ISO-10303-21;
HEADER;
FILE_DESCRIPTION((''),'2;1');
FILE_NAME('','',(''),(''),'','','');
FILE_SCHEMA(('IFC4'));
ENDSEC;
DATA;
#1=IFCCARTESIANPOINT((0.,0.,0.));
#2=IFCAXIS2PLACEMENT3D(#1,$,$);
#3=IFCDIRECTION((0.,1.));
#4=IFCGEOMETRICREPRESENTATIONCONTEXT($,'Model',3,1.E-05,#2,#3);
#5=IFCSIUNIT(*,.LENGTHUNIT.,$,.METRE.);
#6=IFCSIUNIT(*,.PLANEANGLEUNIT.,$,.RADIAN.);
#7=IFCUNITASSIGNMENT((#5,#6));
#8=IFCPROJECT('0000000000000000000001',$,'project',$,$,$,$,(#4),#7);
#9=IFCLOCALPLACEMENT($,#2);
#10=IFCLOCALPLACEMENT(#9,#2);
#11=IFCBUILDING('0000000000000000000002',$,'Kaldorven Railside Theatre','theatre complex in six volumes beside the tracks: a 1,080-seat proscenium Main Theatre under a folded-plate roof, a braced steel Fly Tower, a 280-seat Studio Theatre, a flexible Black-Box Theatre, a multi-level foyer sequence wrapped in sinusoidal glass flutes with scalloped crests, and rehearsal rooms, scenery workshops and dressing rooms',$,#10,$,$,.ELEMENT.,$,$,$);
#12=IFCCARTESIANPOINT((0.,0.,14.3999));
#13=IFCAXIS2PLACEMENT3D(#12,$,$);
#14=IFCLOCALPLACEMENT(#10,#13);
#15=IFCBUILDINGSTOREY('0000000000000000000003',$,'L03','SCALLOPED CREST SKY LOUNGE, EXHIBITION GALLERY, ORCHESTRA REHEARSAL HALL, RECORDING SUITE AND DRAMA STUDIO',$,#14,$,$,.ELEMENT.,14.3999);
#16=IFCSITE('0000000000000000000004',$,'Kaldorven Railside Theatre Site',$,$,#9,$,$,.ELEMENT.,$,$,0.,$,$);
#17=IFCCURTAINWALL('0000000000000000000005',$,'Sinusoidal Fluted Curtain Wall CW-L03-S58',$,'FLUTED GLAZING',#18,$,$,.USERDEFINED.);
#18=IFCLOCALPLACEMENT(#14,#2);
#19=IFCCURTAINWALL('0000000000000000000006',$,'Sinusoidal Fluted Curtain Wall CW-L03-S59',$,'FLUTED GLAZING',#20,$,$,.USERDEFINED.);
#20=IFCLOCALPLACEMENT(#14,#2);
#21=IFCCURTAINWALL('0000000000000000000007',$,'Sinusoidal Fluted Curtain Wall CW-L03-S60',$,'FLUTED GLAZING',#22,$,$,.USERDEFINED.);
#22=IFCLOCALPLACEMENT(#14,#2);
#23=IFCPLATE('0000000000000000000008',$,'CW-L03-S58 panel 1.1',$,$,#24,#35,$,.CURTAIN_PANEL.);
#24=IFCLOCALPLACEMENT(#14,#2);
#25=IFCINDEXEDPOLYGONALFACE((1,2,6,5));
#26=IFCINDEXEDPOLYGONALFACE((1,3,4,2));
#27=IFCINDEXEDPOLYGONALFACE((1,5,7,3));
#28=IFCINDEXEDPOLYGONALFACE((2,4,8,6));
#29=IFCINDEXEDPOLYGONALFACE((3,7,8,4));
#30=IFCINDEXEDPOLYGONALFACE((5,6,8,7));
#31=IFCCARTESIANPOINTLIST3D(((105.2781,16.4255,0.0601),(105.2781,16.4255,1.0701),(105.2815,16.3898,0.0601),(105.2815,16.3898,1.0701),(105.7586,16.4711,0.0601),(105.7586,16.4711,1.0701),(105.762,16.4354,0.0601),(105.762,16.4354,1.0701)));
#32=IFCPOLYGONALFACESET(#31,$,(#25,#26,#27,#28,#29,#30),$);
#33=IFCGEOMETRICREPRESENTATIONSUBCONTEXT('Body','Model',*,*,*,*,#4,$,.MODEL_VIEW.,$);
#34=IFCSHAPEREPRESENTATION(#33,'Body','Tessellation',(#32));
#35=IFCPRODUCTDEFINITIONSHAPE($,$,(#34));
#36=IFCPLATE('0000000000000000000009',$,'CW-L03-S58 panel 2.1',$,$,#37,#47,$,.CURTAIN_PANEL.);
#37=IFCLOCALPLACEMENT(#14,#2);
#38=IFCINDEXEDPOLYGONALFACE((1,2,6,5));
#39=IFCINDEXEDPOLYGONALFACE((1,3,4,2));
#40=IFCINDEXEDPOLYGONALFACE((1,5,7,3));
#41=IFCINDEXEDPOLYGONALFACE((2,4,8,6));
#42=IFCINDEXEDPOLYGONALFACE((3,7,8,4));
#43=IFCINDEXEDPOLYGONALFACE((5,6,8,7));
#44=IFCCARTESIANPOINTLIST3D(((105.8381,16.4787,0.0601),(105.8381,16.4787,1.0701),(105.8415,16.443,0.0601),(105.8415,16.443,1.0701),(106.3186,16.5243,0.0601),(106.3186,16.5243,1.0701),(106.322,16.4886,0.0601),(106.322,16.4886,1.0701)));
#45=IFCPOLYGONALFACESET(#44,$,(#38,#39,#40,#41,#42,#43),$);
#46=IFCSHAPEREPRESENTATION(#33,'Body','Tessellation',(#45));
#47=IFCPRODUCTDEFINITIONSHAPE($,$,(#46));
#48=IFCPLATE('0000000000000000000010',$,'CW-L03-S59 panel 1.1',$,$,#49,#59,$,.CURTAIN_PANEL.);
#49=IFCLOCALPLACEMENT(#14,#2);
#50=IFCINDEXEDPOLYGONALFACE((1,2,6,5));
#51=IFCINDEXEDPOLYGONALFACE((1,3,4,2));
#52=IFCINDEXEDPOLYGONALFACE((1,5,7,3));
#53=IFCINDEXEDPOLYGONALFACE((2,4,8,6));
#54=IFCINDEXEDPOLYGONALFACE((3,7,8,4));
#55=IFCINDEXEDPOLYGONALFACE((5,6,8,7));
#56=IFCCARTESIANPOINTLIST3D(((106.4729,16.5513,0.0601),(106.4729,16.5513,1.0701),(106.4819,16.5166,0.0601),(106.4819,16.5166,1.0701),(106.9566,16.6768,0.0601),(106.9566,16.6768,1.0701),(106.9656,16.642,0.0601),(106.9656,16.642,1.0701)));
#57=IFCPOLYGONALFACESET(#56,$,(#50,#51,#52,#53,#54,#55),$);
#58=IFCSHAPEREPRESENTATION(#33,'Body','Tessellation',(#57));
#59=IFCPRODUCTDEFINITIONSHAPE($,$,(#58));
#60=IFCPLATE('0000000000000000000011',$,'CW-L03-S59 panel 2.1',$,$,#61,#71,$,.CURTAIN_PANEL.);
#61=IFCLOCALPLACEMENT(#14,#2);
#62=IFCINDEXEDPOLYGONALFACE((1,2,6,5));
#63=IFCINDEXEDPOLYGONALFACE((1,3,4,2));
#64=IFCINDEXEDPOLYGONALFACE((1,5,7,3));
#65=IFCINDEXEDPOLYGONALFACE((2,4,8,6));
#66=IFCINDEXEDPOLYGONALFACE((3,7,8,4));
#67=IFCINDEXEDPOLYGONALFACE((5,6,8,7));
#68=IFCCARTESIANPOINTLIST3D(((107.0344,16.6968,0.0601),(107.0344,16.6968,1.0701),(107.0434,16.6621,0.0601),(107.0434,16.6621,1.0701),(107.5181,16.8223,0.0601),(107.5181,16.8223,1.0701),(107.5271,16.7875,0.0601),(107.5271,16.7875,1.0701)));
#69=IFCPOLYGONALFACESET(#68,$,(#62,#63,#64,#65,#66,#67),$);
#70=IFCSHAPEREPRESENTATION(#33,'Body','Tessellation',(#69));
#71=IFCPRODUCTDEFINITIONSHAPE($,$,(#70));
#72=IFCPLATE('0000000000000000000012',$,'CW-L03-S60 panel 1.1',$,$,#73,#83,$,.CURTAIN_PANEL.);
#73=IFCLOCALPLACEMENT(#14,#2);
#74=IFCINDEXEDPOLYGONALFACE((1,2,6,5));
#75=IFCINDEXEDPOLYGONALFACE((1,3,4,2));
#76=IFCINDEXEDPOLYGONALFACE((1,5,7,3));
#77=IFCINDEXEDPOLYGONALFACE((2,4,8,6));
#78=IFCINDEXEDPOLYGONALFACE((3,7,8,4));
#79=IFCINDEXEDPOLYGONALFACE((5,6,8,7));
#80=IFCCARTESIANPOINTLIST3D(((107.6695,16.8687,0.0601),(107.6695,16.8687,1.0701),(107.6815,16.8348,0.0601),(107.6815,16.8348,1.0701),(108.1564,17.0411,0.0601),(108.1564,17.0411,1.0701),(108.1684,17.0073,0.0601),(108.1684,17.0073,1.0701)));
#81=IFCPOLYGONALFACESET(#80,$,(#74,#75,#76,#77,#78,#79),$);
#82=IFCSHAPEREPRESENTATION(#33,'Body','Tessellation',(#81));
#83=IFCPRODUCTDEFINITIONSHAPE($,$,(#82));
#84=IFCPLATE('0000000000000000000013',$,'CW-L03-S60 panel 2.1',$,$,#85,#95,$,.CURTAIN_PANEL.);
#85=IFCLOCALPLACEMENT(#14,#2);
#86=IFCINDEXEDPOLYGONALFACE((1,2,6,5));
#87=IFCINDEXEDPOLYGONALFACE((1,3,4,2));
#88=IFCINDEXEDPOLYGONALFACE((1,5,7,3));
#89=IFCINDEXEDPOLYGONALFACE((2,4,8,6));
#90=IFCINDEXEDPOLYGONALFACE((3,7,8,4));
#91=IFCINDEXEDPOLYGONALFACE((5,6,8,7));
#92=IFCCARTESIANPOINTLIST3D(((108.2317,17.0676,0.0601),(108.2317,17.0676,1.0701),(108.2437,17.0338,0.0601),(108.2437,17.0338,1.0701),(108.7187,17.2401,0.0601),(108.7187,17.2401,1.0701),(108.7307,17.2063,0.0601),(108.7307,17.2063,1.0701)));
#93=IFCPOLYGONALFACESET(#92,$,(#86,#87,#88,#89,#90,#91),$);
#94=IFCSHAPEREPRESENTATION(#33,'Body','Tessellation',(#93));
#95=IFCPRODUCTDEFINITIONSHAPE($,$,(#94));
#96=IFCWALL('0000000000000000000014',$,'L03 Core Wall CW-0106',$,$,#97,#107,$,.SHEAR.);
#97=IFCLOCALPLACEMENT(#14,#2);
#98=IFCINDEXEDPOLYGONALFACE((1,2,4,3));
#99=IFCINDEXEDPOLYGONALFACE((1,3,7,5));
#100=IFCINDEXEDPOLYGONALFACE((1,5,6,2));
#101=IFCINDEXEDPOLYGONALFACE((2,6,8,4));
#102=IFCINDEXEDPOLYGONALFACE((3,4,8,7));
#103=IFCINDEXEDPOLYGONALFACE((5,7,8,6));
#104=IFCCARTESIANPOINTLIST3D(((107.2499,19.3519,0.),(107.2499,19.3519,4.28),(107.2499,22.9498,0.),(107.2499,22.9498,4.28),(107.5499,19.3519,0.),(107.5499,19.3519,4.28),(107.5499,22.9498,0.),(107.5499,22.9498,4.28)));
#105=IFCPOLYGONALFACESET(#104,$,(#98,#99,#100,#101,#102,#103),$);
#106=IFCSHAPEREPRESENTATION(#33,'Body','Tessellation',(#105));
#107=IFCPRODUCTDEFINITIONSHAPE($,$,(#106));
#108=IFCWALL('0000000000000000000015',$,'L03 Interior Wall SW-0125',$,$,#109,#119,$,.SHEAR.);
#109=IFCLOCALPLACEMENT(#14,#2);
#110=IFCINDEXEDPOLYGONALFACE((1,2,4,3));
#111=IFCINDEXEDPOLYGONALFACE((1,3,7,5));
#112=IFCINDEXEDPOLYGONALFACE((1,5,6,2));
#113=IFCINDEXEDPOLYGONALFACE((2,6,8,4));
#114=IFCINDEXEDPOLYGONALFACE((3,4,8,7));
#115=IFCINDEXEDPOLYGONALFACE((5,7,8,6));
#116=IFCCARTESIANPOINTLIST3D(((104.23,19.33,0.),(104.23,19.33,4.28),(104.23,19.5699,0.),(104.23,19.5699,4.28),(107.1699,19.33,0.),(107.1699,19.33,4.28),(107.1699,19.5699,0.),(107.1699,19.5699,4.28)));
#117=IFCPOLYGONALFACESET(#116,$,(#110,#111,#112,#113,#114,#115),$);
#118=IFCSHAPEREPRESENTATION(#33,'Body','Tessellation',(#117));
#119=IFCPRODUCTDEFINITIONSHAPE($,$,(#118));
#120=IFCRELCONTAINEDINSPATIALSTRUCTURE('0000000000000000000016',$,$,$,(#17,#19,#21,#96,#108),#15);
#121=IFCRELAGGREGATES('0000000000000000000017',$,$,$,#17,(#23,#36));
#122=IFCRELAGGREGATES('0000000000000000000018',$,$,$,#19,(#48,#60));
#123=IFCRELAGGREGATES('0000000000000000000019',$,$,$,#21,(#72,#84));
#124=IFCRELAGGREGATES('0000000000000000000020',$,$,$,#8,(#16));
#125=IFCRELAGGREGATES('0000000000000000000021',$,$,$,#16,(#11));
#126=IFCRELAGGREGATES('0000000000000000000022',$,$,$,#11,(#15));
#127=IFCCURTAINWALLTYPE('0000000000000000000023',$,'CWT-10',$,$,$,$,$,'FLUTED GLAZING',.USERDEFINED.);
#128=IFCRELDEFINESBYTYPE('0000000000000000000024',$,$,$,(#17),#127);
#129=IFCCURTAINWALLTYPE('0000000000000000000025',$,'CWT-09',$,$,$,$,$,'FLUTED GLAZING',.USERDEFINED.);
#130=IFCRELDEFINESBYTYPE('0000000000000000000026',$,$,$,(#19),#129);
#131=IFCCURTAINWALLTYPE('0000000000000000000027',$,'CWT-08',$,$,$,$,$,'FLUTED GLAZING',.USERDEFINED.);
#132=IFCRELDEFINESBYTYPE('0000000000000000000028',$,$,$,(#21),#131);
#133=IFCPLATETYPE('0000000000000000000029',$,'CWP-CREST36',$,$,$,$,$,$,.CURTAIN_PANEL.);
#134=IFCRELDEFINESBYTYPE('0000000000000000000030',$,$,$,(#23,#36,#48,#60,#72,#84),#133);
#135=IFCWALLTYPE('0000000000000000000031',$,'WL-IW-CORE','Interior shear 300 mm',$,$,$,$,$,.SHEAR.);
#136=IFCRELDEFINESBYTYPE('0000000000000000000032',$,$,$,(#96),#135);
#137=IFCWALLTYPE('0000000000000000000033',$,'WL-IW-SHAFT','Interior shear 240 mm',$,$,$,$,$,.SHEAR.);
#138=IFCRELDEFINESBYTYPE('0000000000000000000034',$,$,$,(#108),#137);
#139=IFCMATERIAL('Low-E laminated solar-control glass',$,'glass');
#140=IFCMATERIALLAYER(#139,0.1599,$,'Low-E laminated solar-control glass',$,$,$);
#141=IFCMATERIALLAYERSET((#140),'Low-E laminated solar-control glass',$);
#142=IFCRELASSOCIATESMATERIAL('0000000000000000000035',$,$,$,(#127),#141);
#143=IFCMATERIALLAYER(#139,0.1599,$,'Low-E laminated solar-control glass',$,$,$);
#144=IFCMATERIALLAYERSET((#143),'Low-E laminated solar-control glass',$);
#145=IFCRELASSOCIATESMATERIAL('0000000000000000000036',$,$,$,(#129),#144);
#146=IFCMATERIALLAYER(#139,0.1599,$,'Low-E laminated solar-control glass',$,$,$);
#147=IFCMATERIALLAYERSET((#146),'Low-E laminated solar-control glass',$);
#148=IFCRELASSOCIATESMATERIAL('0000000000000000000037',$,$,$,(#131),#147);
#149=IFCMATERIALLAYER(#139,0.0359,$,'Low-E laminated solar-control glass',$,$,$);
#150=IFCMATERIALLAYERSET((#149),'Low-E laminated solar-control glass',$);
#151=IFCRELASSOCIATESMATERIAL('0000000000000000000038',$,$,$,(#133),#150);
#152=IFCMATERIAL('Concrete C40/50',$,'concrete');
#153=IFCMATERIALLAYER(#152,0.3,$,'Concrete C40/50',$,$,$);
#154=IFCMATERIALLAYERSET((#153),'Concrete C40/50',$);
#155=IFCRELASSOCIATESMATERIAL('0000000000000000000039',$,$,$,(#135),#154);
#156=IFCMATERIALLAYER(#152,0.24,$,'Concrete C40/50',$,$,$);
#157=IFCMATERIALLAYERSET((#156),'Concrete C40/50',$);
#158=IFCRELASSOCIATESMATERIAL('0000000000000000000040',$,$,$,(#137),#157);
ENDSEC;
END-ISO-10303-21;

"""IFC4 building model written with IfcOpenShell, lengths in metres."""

from ifc_helpers import new_model, si_unit, direction, frame, frame_2d, origin, origin_2d, place, context, subcontext, project, spatial, rectangle, extrude, material, layer, layer_set, type_object, element, aggregate, save


model = new_model("IFC4")

# Units and contexts
model_context = context("Model", 3, precision=1e-05, world=origin(), true_north=direction((0.0, 1.0)))
body_context = subcontext(model_context, "Body", "Model", "MODEL_VIEW")
ifc_project = project(units=[si_unit("LENGTHUNIT", "METRE"), si_unit("PLANEANGLEUNIT", "RADIAN")], contexts=[model_context])

# Site, building, storey
site_placement = place(None, origin())
site = spatial("IfcSite", under=ifc_project, at=site_placement, Name="Kaldorven Railside Theatre Site", CompositionType="ELEMENT", RefElevation=0.0)
building_placement = place(site_placement, origin())
building = spatial("IfcBuilding", under=site, at=building_placement, Name="Kaldorven Railside Theatre", Description="theatre complex in six volumes beside the tracks: a 1,080-seat proscenium Main Theatre under a folded-plate roof, a braced steel Fly Tower, a 280-seat Studio Theatre, a flexible Black-Box Theatre, a multi-level foyer sequence wrapped in sinusoidal glass flutes with scalloped crests, and rehearsal rooms, scenery workshops and dressing rooms", CompositionType="ELEMENT")
storey_placement = place(building_placement, frame((0.0, 0.0, 14.3999)))
storey = spatial("IfcBuildingStorey", under=building, at=storey_placement, Name="L03", Description="SCALLOPED CREST SKY LOUNGE, EXHIBITION GALLERY, ORCHESTRA REHEARSAL HALL, RECORDING SUITE AND DRAMA STUDIO", CompositionType="ELEMENT", Elevation=14.3999)

# Curtain walls
ifc_material_1 = material(Name="Low-E laminated solar-control glass", Category="glass")
ifc_layer_1 = layer(ifc_material_1, 0.1599, Name="Low-E laminated solar-control glass")
ifc_layer_set_1 = layer_set([ifc_layer_1], Name="Low-E laminated solar-control glass")
curtain_wall_type_1 = type_object("IfcCurtainWallType", Name="CWT-10", ElementType="FLUTED GLAZING", PredefinedType="USERDEFINED", material=ifc_layer_set_1)
curtain_wall_1_placement = place(storey_placement, origin())
curtain_wall_1 = element("IfcCurtainWall", 1, at=curtain_wall_1_placement, inside=storey, type_object=curtain_wall_type_1, Name="Sinusoidal Fluted Curtain Wall CW-L03-S58", ObjectType="FLUTED GLAZING", PredefinedType="USERDEFINED")
ifc_layer_2 = layer(ifc_material_1, 0.1599, Name="Low-E laminated solar-control glass")
ifc_layer_set_2 = layer_set([ifc_layer_2], Name="Low-E laminated solar-control glass")
curtain_wall_type_2 = type_object("IfcCurtainWallType", Name="CWT-09", ElementType="FLUTED GLAZING", PredefinedType="USERDEFINED", material=ifc_layer_set_2)
curtain_wall_2_placement = place(storey_placement, origin())
curtain_wall_2 = element("IfcCurtainWall", 2, at=curtain_wall_2_placement, inside=storey, type_object=curtain_wall_type_2, Name="Sinusoidal Fluted Curtain Wall CW-L03-S59", ObjectType="FLUTED GLAZING", PredefinedType="USERDEFINED")
ifc_layer_3 = layer(ifc_material_1, 0.1599, Name="Low-E laminated solar-control glass")
ifc_layer_set_3 = layer_set([ifc_layer_3], Name="Low-E laminated solar-control glass")
curtain_wall_type_3 = type_object("IfcCurtainWallType", Name="CWT-08", ElementType="FLUTED GLAZING", PredefinedType="USERDEFINED", material=ifc_layer_set_3)
curtain_wall_3_placement = place(storey_placement, origin())
curtain_wall_3 = element("IfcCurtainWall", 3, at=curtain_wall_3_placement, inside=storey, type_object=curtain_wall_type_3, Name="Sinusoidal Fluted Curtain Wall CW-L03-S60", ObjectType="FLUTED GLAZING", PredefinedType="USERDEFINED")

# Plates
ifc_layer_4 = layer(ifc_material_1, 0.0359, Name="Low-E laminated solar-control glass")
ifc_layer_set_4 = layer_set([ifc_layer_4], Name="Low-E laminated solar-control glass")
plate_type = type_object("IfcPlateType", Name="CWP-CREST36", PredefinedType="CURTAIN_PANEL", material=ifc_layer_set_4)
plate_1_placement = place(storey_placement, frame((105.52, 16.4304, 0.0601), z_axis=(0.0, 0.0, 1.0), x_axis=(0.995526, 0.094492, 0.0)))
plate_1 = element("IfcPlate", 4, at=plate_1_placement, type_object=plate_type, Name="CW-L03-S58 panel 1.1", PredefinedType="CURTAIN_PANEL", context=body_context, shape_type="SweptSolid", body=[
    extrude(rectangle(XDim=0.4827, YDim=0.0359, at=origin_2d()), origin(), (0.0, 0.0, 1.0), 1.01),
])
plate_2_placement = place(storey_placement, frame((106.0801, 16.4836, 0.0601), z_axis=(0.0, 0.0, 1.0), x_axis=(0.995526, 0.094492, 0.0)))
plate_2 = element("IfcPlate", 5, at=plate_2_placement, type_object=plate_type, Name="CW-L03-S58 panel 2.1", PredefinedType="CURTAIN_PANEL", context=body_context, shape_type="SweptSolid", body=[
    extrude(rectangle(XDim=0.4827, YDim=0.0359, at=origin_2d()), origin(), (0.0, 0.0, 1.0), 1.01),
])
aggregate(curtain_wall_1, [plate_1, plate_2])
plate_3_placement = place(storey_placement, frame((106.7192, 16.5967, 0.0601), z_axis=(0.0, 0.0, 1.0), x_axis=(0.967999, 0.250954, 0.0)))
plate_3 = element("IfcPlate", 6, at=plate_3_placement, type_object=plate_type, Name="CW-L03-S59 panel 1.1", PredefinedType="CURTAIN_PANEL", context=body_context, shape_type="SweptSolid", body=[
    extrude(rectangle(XDim=0.4998, YDim=0.0359, at=origin_2d()), origin(), (0.0, 0.0, 1.0), 1.01),
])
plate_4_placement = place(storey_placement, frame((107.2808, 16.7422, 0.0601), z_axis=(0.0, 0.0, 1.0), x_axis=(0.967999, 0.250954, 0.0)))
plate_4 = element("IfcPlate", 7, at=plate_4_placement, type_object=plate_type, Name="CW-L03-S59 panel 2.1", PredefinedType="CURTAIN_PANEL", context=body_context, shape_type="SweptSolid", body=[
    extrude(rectangle(XDim=0.4998, YDim=0.0359, at=origin_2d()), origin(), (0.0, 0.0, 1.0), 1.01),
])
aggregate(curtain_wall_2, [plate_3, plate_4])
plate_5_placement = place(storey_placement, frame((107.9189, 16.938, 0.0601), z_axis=(0.0, 0.0, 1.0), x_axis=(0.942627, 0.333847, 0.0)))
plate_5 = element("IfcPlate", 8, at=plate_5_placement, type_object=plate_type, Name="CW-L03-S60 panel 1.1", PredefinedType="CURTAIN_PANEL", context=body_context, shape_type="SweptSolid", body=[
    extrude(rectangle(XDim=0.5166, YDim=0.0359, at=origin_2d()), origin(), (0.0, 0.0, 1.0), 1.01),
])
plate_6_placement = place(storey_placement, frame((108.4812, 17.137, 0.0601), z_axis=(0.0, 0.0, 1.0), x_axis=(0.942627, 0.333847, 0.0)))
plate_6 = element("IfcPlate", 9, at=plate_6_placement, type_object=plate_type, Name="CW-L03-S60 panel 2.1", PredefinedType="CURTAIN_PANEL", context=body_context, shape_type="SweptSolid", body=[
    extrude(rectangle(XDim=0.5166, YDim=0.0359, at=origin_2d()), origin(), (0.0, 0.0, 1.0), 1.01),
])
aggregate(curtain_wall_3, [plate_5, plate_6])

# Walls
ifc_material_2 = material(Name="Concrete C40/50", Category="concrete")
ifc_layer_5 = layer(ifc_material_2, 0.3, Name="Concrete C40/50")
ifc_layer_set_5 = layer_set([ifc_layer_5], Name="Concrete C40/50")
wall_type_1 = type_object("IfcWallType", Name="WL-IW-CORE", Description="Interior shear 300 mm", PredefinedType="SHEAR", material=ifc_layer_set_5)
wall_1_placement = place(storey_placement, frame((107.3999, 19.3521, 0.0), z_axis=(0.0, 0.0, 1.0), x_axis=(0.0, 1.0, 0.0)))
element("IfcWall", 10, at=wall_1_placement, inside=storey, type_object=wall_type_1, Name="L03 Core Wall CW-0106", PredefinedType="SHEAR", context=body_context, shape_type="SweptSolid", body=[
    extrude(rectangle(XDim=3.5979, YDim=0.3, at=frame_2d((1.7988, 0.0))), origin(), (0.0, 0.0, 1.0), 4.28),
])
ifc_layer_6 = layer(ifc_material_2, 0.24, Name="Concrete C40/50")
ifc_layer_set_6 = layer_set([ifc_layer_6], Name="Concrete C40/50")
wall_type_2 = type_object("IfcWallType", Name="WL-IW-SHAFT", Description="Interior shear 240 mm", PredefinedType="SHEAR", material=ifc_layer_set_6)
wall_2_placement = place(storey_placement, frame((107.1699, 19.45, 0.0), z_axis=(0.0, 0.0, 1.0), x_axis=(-1.0, 0.0, 0.0)))
element("IfcWall", 11, at=wall_2_placement, inside=storey, type_object=wall_type_2, Name="L03 Interior Wall SW-0125", PredefinedType="SHEAR", context=body_context, shape_type="SweptSolid", body=[
    extrude(rectangle(XDim=2.9399, YDim=0.24, at=frame_2d((1.47, 0.0))), origin(), (0.0, 0.0, 1.0), 4.28),
])

save(model, "model.ifc")
